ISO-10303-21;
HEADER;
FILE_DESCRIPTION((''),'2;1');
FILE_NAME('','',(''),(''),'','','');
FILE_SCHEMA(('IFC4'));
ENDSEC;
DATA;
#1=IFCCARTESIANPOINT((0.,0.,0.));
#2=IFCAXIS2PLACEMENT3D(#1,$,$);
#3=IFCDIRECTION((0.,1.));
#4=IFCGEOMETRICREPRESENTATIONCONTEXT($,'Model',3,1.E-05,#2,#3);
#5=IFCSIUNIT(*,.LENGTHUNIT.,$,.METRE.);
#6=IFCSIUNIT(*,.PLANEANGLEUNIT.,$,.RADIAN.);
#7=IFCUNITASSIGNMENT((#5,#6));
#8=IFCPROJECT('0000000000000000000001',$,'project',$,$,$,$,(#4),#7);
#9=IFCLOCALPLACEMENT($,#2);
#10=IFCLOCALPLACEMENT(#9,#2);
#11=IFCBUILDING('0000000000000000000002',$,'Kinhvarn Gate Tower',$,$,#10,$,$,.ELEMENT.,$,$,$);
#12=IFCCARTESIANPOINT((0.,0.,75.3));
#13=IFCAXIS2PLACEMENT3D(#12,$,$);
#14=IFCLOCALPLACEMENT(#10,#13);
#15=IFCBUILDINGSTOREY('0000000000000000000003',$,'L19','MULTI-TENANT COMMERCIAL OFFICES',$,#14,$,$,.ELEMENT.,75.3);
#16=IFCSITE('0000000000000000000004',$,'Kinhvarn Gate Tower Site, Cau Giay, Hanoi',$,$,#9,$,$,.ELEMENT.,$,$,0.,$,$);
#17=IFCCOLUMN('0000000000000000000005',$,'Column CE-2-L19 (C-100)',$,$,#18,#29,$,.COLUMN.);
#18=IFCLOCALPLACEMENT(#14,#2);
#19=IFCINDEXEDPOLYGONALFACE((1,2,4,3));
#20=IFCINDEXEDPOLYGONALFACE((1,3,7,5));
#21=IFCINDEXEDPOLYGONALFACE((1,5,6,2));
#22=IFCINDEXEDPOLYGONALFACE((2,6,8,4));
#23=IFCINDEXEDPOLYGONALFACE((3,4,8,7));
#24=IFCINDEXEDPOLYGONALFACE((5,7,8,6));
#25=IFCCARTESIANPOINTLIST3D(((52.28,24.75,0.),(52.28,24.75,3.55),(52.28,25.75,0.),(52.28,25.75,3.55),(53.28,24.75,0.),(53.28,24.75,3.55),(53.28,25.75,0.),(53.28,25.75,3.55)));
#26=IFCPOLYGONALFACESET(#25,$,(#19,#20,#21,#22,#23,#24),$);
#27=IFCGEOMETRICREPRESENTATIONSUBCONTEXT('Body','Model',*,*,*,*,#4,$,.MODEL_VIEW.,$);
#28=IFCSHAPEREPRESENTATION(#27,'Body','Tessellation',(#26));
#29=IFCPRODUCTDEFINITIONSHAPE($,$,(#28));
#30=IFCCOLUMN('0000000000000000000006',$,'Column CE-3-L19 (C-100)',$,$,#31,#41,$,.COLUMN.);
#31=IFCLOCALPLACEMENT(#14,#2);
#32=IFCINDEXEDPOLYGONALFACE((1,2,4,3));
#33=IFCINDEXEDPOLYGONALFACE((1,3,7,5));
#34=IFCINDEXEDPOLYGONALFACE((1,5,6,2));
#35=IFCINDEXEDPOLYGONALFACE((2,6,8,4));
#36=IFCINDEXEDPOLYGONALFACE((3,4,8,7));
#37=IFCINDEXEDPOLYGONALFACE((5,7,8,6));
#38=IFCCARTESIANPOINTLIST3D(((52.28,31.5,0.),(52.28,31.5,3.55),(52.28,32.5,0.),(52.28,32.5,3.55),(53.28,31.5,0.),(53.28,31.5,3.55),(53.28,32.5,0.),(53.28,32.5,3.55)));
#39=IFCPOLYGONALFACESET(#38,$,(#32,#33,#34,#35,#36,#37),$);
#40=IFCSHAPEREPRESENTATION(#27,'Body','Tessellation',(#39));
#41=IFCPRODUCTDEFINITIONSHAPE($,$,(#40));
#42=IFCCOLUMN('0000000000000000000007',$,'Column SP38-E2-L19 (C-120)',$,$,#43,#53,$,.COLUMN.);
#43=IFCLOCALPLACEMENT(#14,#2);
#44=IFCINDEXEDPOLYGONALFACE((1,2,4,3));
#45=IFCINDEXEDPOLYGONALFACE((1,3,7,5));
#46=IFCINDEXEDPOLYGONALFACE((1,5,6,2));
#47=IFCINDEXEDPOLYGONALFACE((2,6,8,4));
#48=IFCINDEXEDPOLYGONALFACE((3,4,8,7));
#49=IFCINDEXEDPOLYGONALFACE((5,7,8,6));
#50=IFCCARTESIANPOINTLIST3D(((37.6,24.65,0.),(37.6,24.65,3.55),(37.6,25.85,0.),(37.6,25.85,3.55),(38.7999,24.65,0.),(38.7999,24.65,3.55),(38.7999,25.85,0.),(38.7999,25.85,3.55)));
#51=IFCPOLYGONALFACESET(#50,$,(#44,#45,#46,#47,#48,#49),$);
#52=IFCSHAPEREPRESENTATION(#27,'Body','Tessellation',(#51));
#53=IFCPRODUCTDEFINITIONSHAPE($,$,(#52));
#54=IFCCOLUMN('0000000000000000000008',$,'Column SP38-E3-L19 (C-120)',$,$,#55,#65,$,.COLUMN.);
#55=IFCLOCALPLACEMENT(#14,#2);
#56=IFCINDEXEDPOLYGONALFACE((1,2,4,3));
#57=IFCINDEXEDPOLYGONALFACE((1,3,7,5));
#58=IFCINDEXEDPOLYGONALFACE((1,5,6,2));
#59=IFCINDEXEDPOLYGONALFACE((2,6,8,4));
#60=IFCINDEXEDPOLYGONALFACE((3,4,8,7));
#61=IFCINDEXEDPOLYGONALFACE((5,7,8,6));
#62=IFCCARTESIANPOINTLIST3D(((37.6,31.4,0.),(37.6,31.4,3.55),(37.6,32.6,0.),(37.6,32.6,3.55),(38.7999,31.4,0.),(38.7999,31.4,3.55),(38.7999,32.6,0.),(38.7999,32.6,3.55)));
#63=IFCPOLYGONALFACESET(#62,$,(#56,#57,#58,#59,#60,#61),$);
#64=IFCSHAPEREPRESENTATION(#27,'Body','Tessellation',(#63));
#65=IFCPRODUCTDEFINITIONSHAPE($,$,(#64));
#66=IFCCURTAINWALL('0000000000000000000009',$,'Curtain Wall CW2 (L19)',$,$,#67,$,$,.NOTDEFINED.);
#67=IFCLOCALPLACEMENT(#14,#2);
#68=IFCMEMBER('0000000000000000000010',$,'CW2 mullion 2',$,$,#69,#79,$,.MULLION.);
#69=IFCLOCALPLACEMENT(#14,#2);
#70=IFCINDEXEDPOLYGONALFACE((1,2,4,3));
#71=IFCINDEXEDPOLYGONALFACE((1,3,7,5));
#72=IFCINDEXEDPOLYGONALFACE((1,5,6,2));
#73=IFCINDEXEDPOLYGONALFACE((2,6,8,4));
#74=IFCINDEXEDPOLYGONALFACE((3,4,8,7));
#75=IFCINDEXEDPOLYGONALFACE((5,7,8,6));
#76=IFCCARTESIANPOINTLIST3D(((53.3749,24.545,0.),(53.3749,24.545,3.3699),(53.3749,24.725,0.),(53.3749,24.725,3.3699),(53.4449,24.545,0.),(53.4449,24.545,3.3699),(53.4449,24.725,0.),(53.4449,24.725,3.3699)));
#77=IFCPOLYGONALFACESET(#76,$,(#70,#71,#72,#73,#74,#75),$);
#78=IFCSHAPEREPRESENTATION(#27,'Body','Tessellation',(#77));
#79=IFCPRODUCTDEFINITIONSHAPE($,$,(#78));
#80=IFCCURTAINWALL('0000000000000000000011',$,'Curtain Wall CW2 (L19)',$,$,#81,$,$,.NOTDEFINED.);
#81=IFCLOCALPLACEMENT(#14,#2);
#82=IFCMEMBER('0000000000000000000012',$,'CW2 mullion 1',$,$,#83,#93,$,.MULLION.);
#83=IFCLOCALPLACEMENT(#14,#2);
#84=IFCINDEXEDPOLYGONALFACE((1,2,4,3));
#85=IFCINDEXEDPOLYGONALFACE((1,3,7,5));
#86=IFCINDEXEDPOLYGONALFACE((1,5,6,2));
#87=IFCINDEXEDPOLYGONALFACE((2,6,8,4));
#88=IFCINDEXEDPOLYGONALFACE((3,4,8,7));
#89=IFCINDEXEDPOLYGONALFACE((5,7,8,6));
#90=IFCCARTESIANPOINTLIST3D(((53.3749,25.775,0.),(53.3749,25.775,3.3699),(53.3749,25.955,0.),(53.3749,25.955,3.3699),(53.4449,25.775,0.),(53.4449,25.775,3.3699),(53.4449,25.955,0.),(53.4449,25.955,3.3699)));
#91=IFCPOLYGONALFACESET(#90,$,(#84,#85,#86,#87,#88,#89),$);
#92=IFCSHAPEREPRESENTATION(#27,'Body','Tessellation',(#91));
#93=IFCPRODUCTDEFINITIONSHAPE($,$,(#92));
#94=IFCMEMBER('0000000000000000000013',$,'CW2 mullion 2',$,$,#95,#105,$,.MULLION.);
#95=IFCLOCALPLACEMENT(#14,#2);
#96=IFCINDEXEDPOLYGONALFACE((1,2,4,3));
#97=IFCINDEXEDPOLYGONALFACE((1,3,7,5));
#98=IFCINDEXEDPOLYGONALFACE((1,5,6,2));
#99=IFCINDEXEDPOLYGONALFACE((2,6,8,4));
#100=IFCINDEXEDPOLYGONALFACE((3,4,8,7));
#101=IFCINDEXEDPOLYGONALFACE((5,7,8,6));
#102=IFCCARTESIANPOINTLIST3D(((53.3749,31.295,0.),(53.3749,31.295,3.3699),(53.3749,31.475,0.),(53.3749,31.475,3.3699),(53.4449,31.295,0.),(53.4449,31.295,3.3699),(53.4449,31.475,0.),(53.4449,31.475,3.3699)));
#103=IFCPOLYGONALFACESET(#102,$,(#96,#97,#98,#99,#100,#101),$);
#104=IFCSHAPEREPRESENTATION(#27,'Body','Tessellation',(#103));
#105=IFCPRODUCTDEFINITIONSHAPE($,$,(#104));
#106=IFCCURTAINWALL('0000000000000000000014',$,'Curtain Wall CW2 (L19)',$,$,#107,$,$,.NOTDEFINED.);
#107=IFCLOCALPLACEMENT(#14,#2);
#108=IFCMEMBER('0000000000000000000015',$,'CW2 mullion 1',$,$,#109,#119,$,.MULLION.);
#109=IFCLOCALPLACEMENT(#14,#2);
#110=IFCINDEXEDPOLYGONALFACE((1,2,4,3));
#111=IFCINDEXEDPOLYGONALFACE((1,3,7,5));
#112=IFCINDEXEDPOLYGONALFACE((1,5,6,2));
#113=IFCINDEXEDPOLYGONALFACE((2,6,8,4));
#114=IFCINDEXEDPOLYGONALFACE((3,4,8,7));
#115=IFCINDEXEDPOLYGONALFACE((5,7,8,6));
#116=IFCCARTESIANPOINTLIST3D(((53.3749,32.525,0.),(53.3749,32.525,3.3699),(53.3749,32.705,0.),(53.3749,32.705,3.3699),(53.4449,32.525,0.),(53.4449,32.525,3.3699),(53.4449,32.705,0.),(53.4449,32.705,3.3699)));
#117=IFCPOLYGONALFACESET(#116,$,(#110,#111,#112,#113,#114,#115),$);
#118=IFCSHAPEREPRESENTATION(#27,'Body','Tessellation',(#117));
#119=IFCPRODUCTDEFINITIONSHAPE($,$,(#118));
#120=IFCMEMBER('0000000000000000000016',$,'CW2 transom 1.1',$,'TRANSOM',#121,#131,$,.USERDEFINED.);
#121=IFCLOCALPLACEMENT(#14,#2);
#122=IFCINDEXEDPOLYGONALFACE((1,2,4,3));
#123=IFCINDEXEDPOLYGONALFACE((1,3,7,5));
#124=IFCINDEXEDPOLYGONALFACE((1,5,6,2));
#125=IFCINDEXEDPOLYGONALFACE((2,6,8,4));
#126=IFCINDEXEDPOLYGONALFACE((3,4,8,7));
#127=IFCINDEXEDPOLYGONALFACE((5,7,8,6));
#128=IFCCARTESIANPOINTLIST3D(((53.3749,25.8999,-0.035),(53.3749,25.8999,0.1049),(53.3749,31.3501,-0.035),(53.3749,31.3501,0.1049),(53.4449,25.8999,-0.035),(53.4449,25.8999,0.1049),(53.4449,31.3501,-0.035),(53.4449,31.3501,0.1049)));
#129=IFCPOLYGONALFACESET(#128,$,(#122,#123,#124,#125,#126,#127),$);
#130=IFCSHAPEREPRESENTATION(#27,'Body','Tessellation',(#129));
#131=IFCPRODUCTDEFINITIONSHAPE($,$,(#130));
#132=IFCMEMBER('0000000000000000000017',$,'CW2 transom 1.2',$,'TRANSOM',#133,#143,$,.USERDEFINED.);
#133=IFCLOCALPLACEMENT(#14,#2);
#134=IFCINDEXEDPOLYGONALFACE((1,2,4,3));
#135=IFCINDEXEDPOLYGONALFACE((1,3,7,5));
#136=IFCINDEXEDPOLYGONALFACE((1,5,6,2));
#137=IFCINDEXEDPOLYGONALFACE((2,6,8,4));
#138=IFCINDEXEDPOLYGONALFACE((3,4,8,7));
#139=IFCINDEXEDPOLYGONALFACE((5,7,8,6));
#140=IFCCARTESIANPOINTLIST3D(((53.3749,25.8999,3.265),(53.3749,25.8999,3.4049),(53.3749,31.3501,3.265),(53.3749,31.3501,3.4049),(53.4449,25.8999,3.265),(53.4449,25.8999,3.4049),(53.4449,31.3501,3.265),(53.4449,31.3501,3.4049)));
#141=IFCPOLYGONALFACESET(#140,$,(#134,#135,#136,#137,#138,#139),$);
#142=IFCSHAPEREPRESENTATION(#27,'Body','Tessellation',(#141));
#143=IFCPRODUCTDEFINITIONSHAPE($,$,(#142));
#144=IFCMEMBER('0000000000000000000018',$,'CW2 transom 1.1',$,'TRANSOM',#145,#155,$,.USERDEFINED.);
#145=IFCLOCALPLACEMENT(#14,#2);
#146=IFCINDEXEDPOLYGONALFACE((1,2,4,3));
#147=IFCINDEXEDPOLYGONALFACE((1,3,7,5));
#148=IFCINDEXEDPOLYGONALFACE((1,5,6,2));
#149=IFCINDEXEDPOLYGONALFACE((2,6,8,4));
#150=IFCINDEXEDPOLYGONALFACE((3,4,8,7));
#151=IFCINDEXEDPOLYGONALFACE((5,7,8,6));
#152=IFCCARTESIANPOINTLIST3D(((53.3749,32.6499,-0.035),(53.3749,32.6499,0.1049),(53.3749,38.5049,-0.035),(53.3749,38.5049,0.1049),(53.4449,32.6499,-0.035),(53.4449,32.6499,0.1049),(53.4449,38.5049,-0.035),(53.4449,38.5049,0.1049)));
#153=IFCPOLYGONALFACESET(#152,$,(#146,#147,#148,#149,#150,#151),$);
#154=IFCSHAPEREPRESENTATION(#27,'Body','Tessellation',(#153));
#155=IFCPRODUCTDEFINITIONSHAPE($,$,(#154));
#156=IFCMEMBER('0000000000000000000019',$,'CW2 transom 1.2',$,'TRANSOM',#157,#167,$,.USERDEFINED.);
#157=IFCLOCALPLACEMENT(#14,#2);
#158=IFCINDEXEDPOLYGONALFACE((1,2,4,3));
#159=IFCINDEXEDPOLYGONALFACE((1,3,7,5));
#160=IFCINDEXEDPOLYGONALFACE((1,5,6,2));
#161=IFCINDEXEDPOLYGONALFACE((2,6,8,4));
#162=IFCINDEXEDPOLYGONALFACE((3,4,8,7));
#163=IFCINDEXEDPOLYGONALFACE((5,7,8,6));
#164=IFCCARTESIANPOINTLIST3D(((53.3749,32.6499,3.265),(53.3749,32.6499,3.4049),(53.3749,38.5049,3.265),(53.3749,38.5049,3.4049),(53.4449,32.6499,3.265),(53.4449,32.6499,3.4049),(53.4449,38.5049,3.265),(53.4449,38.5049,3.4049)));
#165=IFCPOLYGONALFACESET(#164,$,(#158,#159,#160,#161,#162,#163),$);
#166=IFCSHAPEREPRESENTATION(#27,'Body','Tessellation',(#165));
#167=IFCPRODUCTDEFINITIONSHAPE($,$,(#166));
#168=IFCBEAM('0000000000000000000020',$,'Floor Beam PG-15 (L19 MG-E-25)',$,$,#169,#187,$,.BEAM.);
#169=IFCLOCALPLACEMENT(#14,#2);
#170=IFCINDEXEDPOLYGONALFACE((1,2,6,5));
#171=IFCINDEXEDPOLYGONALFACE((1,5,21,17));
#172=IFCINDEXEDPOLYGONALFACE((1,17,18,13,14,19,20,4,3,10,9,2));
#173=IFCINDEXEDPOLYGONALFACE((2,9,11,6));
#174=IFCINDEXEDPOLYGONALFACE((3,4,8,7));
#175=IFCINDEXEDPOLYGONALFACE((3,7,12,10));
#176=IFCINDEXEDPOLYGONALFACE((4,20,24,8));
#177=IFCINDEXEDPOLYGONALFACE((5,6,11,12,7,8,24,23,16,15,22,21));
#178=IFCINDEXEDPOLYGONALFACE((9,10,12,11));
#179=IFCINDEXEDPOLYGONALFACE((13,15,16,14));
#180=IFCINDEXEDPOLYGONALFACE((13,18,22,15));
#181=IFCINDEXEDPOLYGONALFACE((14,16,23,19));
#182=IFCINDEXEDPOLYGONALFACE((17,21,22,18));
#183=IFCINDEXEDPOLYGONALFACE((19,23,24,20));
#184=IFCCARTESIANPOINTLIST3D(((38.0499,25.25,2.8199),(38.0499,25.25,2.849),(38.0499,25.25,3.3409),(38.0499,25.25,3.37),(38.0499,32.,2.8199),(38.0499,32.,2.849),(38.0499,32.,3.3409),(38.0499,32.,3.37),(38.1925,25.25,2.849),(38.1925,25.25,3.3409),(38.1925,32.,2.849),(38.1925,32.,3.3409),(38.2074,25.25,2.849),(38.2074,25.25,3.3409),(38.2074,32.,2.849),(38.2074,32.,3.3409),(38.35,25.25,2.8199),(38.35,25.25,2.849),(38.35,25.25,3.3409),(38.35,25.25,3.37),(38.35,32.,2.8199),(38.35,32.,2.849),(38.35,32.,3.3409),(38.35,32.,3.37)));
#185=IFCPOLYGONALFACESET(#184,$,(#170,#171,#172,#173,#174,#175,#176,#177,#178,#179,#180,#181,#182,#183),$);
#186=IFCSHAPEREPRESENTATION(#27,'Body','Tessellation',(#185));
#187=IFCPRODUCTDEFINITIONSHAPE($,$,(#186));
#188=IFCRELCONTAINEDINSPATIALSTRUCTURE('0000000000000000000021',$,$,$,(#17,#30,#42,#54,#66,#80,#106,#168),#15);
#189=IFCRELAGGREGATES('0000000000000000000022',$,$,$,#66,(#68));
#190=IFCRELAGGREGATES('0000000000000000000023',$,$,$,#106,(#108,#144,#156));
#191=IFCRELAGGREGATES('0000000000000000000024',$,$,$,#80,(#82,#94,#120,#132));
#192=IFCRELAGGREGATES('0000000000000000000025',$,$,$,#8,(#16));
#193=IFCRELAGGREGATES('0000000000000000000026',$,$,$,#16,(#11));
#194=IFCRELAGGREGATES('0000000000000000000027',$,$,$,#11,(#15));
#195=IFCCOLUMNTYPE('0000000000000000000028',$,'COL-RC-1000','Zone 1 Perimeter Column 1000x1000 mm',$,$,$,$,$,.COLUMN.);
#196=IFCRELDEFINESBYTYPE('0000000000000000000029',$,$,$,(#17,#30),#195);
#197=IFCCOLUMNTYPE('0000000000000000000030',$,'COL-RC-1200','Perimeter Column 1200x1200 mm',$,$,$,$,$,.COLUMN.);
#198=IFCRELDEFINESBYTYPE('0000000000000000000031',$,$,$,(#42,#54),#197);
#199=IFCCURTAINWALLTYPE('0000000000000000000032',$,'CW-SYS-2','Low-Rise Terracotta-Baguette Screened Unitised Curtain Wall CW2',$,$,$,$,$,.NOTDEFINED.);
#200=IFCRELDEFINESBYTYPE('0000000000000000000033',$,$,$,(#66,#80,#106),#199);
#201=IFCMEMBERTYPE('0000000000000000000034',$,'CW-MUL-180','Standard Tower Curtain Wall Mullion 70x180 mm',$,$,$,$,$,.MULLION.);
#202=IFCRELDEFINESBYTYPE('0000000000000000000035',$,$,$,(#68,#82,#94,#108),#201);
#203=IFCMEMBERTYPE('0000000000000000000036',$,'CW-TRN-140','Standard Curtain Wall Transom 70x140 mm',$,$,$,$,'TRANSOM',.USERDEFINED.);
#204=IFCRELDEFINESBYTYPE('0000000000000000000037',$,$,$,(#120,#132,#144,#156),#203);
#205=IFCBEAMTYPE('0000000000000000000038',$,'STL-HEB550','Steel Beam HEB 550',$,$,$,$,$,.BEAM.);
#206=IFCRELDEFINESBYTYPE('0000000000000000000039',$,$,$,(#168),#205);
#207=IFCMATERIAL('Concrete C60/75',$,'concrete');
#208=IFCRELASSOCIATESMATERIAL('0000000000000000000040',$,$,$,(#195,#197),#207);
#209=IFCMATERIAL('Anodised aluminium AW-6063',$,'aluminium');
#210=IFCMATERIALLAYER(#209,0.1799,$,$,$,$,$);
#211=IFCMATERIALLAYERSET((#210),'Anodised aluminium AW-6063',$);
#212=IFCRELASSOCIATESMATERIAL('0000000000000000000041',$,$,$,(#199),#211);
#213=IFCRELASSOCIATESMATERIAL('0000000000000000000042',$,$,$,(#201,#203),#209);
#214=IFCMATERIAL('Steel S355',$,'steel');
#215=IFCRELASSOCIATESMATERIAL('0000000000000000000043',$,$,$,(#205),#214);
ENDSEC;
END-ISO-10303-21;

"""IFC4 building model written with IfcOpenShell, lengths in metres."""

from ifc_helpers import new_model, si_unit, direction, frame, origin, origin_2d, place, context, subcontext, project, spatial, rectangle, i_section, extrude, material, layer, layer_set, material_profile, profile_set, type_object, element, aggregate, save


model = new_model("IFC4")

# Units and contexts
model_context = context("Model", 3, precision=1e-05, world=origin(), true_north=direction((0.0, 1.0)))
body_context = subcontext(model_context, "Body", "Model", "MODEL_VIEW")
ifc_project = project(units=[si_unit("LENGTHUNIT", "METRE"), si_unit("PLANEANGLEUNIT", "RADIAN")], contexts=[model_context])

# Site, building, storey
site_placement = place(None, origin())
site = spatial("IfcSite", under=ifc_project, at=site_placement, Name="Kinhvarn Gate Tower Site, Cau Giay, Hanoi", CompositionType="ELEMENT", RefElevation=0.0)
building_placement = place(site_placement, origin())
building = spatial("IfcBuilding", under=site, at=building_placement, Name="Kinhvarn Gate Tower", CompositionType="ELEMENT")
storey_placement = place(building_placement, frame((0.0, 0.0, 75.3)))
storey = spatial("IfcBuildingStorey", under=building, at=storey_placement, Name="L19", Description="MULTI-TENANT COMMERCIAL OFFICES", CompositionType="ELEMENT", Elevation=75.3)

# Columns
ifc_material_1 = material(Name="Concrete C60/75", Category="concrete")
ifc_material_profile_1 = material_profile(ifc_material_1, rectangle(XDim=1.0, YDim=1.0, at=origin_2d()), Name="RC 1000x1000")
ifc_profile_set_1 = profile_set([ifc_material_profile_1], Name="Concrete C60/75")
column_type_1 = type_object("IfcColumnType", Name="COL-RC-1000", Description="Zone 1 Perimeter Column 1000x1000 mm", PredefinedType="COLUMN", material=ifc_profile_set_1)
for number, where, z_axis, x_axis, name in (
    (1, (52.78, 25.25, 0.0), (0.0, 0.0, 1.0), (1.0, 0.0, 0.0), "Column CE-2-L19 (C-100)"),
    (2, (52.78, 32.0, 0.0), (0.0, 0.0, 1.0), (1.0, 0.0, 0.0), "Column CE-3-L19 (C-100)"),
):
    element("IfcColumn", number, at=place(storey_placement, frame(where, z_axis=z_axis, x_axis=x_axis)), inside=storey, type_object=column_type_1, Name=name, PredefinedType="COLUMN", context=body_context, shape_type="SweptSolid", body=[
        extrude(rectangle(XDim=1.0, YDim=1.0, at=origin_2d()), origin(), (0.0, 0.0, 1.0), 3.55),
    ])
ifc_material_profile_2 = material_profile(ifc_material_1, rectangle(XDim=1.2, YDim=1.2, at=origin_2d()), Name="RC 1200x1200")
ifc_profile_set_2 = profile_set([ifc_material_profile_2], Name="Concrete C60/75")
column_type_2 = type_object("IfcColumnType", Name="COL-RC-1200", Description="Perimeter Column 1200x1200 mm", PredefinedType="COLUMN", material=ifc_profile_set_2)
for number, where, z_axis, x_axis, name in (
    (3, (38.2, 25.25, 0.0), (0.0, 0.0, 1.0), (1.0, 0.0, 0.0), "Column SP38-E2-L19 (C-120)"),
    (4, (38.2, 32.0, 0.0), (0.0, 0.0, 1.0), (1.0, 0.0, 0.0), "Column SP38-E3-L19 (C-120)"),
):
    element("IfcColumn", number, at=place(storey_placement, frame(where, z_axis=z_axis, x_axis=x_axis)), inside=storey, type_object=column_type_2, Name=name, PredefinedType="COLUMN", context=body_context, shape_type="SweptSolid", body=[
        extrude(rectangle(XDim=1.2, YDim=1.2, at=origin_2d()), origin(), (0.0, 0.0, 1.0), 3.55),
    ])

# Curtain wall, member
ifc_material_2 = material(Name="Anodised aluminium AW-6063", Category="aluminium")
ifc_layer_1 = layer(ifc_material_2, 0.1799)
ifc_layer_set_1 = layer_set([ifc_layer_1], Name="Anodised aluminium AW-6063")
curtain_wall_type = type_object("IfcCurtainWallType", Name="CW-SYS-2", Description="Low-Rise Terracotta-Baguette Screened Unitised Curtain Wall CW2", PredefinedType="NOTDEFINED", material=ifc_layer_set_1)
curtain_wall_1_placement = place(storey_placement, origin())
curtain_wall_1 = element("IfcCurtainWall", 5, at=curtain_wall_1_placement, inside=storey, type_object=curtain_wall_type, Name="Curtain Wall CW2 (L19)", PredefinedType="NOTDEFINED")
ifc_material_profile_3 = material_profile(ifc_material_2, rectangle(XDim=0.0701, YDim=0.1799, at=origin_2d()), Name="ALU 70x180")
ifc_profile_set_3 = profile_set([ifc_material_profile_3], Name="Anodised aluminium AW-6063")
member_type_1 = type_object("IfcMemberType", Name="CW-MUL-180", Description="Standard Tower Curtain Wall Mullion 70x180 mm", PredefinedType="MULLION", material=ifc_profile_set_3)
member_1_placement = place(storey_placement, frame((53.4099, 24.635, 0.0), z_axis=(0.0, 0.0, 1.0), x_axis=(-1.0, 0.0, 0.0)))
member_1 = element("IfcMember", 6, at=member_1_placement, type_object=member_type_1, Name="CW2 mullion 2", PredefinedType="MULLION", context=body_context, shape_type="SweptSolid", body=[
    extrude(rectangle(XDim=0.0701, YDim=0.1799, at=origin_2d()), origin(), (0.0, 0.0, 1.0), 3.3699),
])
aggregate(curtain_wall_1, [member_1])

# Curtain wall, members
curtain_wall_2_placement = place(storey_placement, origin())
curtain_wall_2 = element("IfcCurtainWall", 7, at=curtain_wall_2_placement, inside=storey, type_object=curtain_wall_type, Name="Curtain Wall CW2 (L19)", PredefinedType="NOTDEFINED")
member_2_placement = place(storey_placement, frame((53.4099, 25.865, 0.0), z_axis=(0.0, 0.0, 1.0), x_axis=(-1.0, 0.0, 0.0)))
member_2 = element("IfcMember", 8, at=member_2_placement, type_object=member_type_1, Name="CW2 mullion 1", PredefinedType="MULLION", context=body_context, shape_type="SweptSolid", body=[
    extrude(rectangle(XDim=0.0701, YDim=0.1799, at=origin_2d()), origin(), (0.0, 0.0, 1.0), 3.3699),
])
member_3_placement = place(storey_placement, frame((53.4099, 31.385, 0.0), z_axis=(0.0, 0.0, 1.0), x_axis=(-1.0, 0.0, 0.0)))
member_3 = element("IfcMember", 9, at=member_3_placement, type_object=member_type_1, Name="CW2 mullion 2", PredefinedType="MULLION", context=body_context, shape_type="SweptSolid", body=[
    extrude(rectangle(XDim=0.0701, YDim=0.1799, at=origin_2d()), origin(), (0.0, 0.0, 1.0), 3.3699),
])

# Curtain wall, member
curtain_wall_3_placement = place(storey_placement, origin())
curtain_wall_3 = element("IfcCurtainWall", 10, at=curtain_wall_3_placement, inside=storey, type_object=curtain_wall_type, Name="Curtain Wall CW2 (L19)", PredefinedType="NOTDEFINED")
member_4_placement = place(storey_placement, frame((53.4099, 32.615, 0.0), z_axis=(0.0, 0.0, 1.0), x_axis=(-1.0, 0.0, 0.0)))
member_4 = element("IfcMember", 11, at=member_4_placement, type_object=member_type_1, Name="CW2 mullion 1", PredefinedType="MULLION", context=body_context, shape_type="SweptSolid", body=[
    extrude(rectangle(XDim=0.0701, YDim=0.1799, at=origin_2d()), origin(), (0.0, 0.0, 1.0), 3.3699),
])

# Members
ifc_material_profile_4 = material_profile(ifc_material_2, rectangle(XDim=0.0701, YDim=0.1399, at=origin_2d()), Name="ALU 70x140")
ifc_profile_set_4 = profile_set([ifc_material_profile_4], Name="Anodised aluminium AW-6063")
member_type_2 = type_object("IfcMemberType", Name="CW-TRN-140", Description="Standard Curtain Wall Transom 70x140 mm", ElementType="TRANSOM", PredefinedType="USERDEFINED", material=ifc_profile_set_4)
member_5_placement = place(storey_placement, frame((53.4099, 25.8999, 0.0349), z_axis=(0.0, 1.0, 0.0), x_axis=(-1.0, 0.0, 0.0)))
member_5 = element("IfcMember", 12, at=member_5_placement, type_object=member_type_2, Name="CW2 transom 1.1", ObjectType="TRANSOM", PredefinedType="USERDEFINED", context=body_context, shape_type="SweptSolid", body=[
    extrude(rectangle(XDim=0.0701, YDim=0.1399, at=origin_2d()), origin(), (0.0, 0.0, 1.0), 5.4502),
])
member_6_placement = place(storey_placement, frame((53.4099, 25.8999, 3.335), z_axis=(0.0, 1.0, 0.0), x_axis=(-1.0, 0.0, 0.0)))
member_6 = element("IfcMember", 13, at=member_6_placement, type_object=member_type_2, Name="CW2 transom 1.2", ObjectType="TRANSOM", PredefinedType="USERDEFINED", context=body_context, shape_type="SweptSolid", body=[
    extrude(rectangle(XDim=0.0701, YDim=0.1399, at=origin_2d()), origin(), (0.0, 0.0, 1.0), 5.4502),
])
member_7_placement = place(storey_placement, frame((53.4099, 32.6499, 0.0349), z_axis=(0.0, 1.0, 0.0), x_axis=(-1.0, 0.0, 0.0)))
member_7 = element("IfcMember", 14, at=member_7_placement, type_object=member_type_2, Name="CW2 transom 1.1", ObjectType="TRANSOM", PredefinedType="USERDEFINED", context=body_context, shape_type="SweptSolid", body=[
    extrude(rectangle(XDim=0.0701, YDim=0.1399, at=origin_2d()), origin(), (0.0, 0.0, 1.0), 5.855),
])
member_8_placement = place(storey_placement, frame((53.4099, 32.6499, 3.335), z_axis=(0.0, 1.0, 0.0), x_axis=(-1.0, 0.0, 0.0)))
member_8 = element("IfcMember", 15, at=member_8_placement, type_object=member_type_2, Name="CW2 transom 1.2", ObjectType="TRANSOM", PredefinedType="USERDEFINED", context=body_context, shape_type="SweptSolid", body=[
    extrude(rectangle(XDim=0.0701, YDim=0.1399, at=origin_2d()), origin(), (0.0, 0.0, 1.0), 5.855),
])
aggregate(curtain_wall_3, [member_4, member_7, member_8])

# Beam
ifc_material_3 = material(Name="Steel S355", Category="steel")
ifc_material_profile_5 = material_profile(ifc_material_3, i_section(OverallWidth=0.3, OverallDepth=0.55, WebThickness=0.0149, FlangeThickness=0.0291, at=origin_2d()), Name="HEB 550")
ifc_profile_set_5 = profile_set([ifc_material_profile_5], Name="Steel S355")
beam_type_1 = type_object("IfcBeamType", Name="STL-HEB550", Description="Steel Beam HEB 550", PredefinedType="BEAM", material=ifc_profile_set_5)
beam_1_placement = place(storey_placement, frame((38.2, 25.25, 3.095), z_axis=(0.0, 1.0, 0.0), x_axis=(-1.0, 0.0, 0.0)))
element("IfcBeam", 16, at=beam_1_placement, inside=storey, type_object=beam_type_1, Name="Floor Beam PG-15 (L19 MG-E-25)", PredefinedType="BEAM", context=body_context, shape_type="SweptSolid", body=[
    extrude(i_section(OverallWidth=0.3, OverallDepth=0.55, WebThickness=0.0149, FlangeThickness=0.0291, at=origin_2d()), origin(), (0.0, 0.0, 1.0), 6.75),
])

aggregate(curtain_wall_2, [member_2, member_3, member_5, member_6])

save(model, "model.ifc")
